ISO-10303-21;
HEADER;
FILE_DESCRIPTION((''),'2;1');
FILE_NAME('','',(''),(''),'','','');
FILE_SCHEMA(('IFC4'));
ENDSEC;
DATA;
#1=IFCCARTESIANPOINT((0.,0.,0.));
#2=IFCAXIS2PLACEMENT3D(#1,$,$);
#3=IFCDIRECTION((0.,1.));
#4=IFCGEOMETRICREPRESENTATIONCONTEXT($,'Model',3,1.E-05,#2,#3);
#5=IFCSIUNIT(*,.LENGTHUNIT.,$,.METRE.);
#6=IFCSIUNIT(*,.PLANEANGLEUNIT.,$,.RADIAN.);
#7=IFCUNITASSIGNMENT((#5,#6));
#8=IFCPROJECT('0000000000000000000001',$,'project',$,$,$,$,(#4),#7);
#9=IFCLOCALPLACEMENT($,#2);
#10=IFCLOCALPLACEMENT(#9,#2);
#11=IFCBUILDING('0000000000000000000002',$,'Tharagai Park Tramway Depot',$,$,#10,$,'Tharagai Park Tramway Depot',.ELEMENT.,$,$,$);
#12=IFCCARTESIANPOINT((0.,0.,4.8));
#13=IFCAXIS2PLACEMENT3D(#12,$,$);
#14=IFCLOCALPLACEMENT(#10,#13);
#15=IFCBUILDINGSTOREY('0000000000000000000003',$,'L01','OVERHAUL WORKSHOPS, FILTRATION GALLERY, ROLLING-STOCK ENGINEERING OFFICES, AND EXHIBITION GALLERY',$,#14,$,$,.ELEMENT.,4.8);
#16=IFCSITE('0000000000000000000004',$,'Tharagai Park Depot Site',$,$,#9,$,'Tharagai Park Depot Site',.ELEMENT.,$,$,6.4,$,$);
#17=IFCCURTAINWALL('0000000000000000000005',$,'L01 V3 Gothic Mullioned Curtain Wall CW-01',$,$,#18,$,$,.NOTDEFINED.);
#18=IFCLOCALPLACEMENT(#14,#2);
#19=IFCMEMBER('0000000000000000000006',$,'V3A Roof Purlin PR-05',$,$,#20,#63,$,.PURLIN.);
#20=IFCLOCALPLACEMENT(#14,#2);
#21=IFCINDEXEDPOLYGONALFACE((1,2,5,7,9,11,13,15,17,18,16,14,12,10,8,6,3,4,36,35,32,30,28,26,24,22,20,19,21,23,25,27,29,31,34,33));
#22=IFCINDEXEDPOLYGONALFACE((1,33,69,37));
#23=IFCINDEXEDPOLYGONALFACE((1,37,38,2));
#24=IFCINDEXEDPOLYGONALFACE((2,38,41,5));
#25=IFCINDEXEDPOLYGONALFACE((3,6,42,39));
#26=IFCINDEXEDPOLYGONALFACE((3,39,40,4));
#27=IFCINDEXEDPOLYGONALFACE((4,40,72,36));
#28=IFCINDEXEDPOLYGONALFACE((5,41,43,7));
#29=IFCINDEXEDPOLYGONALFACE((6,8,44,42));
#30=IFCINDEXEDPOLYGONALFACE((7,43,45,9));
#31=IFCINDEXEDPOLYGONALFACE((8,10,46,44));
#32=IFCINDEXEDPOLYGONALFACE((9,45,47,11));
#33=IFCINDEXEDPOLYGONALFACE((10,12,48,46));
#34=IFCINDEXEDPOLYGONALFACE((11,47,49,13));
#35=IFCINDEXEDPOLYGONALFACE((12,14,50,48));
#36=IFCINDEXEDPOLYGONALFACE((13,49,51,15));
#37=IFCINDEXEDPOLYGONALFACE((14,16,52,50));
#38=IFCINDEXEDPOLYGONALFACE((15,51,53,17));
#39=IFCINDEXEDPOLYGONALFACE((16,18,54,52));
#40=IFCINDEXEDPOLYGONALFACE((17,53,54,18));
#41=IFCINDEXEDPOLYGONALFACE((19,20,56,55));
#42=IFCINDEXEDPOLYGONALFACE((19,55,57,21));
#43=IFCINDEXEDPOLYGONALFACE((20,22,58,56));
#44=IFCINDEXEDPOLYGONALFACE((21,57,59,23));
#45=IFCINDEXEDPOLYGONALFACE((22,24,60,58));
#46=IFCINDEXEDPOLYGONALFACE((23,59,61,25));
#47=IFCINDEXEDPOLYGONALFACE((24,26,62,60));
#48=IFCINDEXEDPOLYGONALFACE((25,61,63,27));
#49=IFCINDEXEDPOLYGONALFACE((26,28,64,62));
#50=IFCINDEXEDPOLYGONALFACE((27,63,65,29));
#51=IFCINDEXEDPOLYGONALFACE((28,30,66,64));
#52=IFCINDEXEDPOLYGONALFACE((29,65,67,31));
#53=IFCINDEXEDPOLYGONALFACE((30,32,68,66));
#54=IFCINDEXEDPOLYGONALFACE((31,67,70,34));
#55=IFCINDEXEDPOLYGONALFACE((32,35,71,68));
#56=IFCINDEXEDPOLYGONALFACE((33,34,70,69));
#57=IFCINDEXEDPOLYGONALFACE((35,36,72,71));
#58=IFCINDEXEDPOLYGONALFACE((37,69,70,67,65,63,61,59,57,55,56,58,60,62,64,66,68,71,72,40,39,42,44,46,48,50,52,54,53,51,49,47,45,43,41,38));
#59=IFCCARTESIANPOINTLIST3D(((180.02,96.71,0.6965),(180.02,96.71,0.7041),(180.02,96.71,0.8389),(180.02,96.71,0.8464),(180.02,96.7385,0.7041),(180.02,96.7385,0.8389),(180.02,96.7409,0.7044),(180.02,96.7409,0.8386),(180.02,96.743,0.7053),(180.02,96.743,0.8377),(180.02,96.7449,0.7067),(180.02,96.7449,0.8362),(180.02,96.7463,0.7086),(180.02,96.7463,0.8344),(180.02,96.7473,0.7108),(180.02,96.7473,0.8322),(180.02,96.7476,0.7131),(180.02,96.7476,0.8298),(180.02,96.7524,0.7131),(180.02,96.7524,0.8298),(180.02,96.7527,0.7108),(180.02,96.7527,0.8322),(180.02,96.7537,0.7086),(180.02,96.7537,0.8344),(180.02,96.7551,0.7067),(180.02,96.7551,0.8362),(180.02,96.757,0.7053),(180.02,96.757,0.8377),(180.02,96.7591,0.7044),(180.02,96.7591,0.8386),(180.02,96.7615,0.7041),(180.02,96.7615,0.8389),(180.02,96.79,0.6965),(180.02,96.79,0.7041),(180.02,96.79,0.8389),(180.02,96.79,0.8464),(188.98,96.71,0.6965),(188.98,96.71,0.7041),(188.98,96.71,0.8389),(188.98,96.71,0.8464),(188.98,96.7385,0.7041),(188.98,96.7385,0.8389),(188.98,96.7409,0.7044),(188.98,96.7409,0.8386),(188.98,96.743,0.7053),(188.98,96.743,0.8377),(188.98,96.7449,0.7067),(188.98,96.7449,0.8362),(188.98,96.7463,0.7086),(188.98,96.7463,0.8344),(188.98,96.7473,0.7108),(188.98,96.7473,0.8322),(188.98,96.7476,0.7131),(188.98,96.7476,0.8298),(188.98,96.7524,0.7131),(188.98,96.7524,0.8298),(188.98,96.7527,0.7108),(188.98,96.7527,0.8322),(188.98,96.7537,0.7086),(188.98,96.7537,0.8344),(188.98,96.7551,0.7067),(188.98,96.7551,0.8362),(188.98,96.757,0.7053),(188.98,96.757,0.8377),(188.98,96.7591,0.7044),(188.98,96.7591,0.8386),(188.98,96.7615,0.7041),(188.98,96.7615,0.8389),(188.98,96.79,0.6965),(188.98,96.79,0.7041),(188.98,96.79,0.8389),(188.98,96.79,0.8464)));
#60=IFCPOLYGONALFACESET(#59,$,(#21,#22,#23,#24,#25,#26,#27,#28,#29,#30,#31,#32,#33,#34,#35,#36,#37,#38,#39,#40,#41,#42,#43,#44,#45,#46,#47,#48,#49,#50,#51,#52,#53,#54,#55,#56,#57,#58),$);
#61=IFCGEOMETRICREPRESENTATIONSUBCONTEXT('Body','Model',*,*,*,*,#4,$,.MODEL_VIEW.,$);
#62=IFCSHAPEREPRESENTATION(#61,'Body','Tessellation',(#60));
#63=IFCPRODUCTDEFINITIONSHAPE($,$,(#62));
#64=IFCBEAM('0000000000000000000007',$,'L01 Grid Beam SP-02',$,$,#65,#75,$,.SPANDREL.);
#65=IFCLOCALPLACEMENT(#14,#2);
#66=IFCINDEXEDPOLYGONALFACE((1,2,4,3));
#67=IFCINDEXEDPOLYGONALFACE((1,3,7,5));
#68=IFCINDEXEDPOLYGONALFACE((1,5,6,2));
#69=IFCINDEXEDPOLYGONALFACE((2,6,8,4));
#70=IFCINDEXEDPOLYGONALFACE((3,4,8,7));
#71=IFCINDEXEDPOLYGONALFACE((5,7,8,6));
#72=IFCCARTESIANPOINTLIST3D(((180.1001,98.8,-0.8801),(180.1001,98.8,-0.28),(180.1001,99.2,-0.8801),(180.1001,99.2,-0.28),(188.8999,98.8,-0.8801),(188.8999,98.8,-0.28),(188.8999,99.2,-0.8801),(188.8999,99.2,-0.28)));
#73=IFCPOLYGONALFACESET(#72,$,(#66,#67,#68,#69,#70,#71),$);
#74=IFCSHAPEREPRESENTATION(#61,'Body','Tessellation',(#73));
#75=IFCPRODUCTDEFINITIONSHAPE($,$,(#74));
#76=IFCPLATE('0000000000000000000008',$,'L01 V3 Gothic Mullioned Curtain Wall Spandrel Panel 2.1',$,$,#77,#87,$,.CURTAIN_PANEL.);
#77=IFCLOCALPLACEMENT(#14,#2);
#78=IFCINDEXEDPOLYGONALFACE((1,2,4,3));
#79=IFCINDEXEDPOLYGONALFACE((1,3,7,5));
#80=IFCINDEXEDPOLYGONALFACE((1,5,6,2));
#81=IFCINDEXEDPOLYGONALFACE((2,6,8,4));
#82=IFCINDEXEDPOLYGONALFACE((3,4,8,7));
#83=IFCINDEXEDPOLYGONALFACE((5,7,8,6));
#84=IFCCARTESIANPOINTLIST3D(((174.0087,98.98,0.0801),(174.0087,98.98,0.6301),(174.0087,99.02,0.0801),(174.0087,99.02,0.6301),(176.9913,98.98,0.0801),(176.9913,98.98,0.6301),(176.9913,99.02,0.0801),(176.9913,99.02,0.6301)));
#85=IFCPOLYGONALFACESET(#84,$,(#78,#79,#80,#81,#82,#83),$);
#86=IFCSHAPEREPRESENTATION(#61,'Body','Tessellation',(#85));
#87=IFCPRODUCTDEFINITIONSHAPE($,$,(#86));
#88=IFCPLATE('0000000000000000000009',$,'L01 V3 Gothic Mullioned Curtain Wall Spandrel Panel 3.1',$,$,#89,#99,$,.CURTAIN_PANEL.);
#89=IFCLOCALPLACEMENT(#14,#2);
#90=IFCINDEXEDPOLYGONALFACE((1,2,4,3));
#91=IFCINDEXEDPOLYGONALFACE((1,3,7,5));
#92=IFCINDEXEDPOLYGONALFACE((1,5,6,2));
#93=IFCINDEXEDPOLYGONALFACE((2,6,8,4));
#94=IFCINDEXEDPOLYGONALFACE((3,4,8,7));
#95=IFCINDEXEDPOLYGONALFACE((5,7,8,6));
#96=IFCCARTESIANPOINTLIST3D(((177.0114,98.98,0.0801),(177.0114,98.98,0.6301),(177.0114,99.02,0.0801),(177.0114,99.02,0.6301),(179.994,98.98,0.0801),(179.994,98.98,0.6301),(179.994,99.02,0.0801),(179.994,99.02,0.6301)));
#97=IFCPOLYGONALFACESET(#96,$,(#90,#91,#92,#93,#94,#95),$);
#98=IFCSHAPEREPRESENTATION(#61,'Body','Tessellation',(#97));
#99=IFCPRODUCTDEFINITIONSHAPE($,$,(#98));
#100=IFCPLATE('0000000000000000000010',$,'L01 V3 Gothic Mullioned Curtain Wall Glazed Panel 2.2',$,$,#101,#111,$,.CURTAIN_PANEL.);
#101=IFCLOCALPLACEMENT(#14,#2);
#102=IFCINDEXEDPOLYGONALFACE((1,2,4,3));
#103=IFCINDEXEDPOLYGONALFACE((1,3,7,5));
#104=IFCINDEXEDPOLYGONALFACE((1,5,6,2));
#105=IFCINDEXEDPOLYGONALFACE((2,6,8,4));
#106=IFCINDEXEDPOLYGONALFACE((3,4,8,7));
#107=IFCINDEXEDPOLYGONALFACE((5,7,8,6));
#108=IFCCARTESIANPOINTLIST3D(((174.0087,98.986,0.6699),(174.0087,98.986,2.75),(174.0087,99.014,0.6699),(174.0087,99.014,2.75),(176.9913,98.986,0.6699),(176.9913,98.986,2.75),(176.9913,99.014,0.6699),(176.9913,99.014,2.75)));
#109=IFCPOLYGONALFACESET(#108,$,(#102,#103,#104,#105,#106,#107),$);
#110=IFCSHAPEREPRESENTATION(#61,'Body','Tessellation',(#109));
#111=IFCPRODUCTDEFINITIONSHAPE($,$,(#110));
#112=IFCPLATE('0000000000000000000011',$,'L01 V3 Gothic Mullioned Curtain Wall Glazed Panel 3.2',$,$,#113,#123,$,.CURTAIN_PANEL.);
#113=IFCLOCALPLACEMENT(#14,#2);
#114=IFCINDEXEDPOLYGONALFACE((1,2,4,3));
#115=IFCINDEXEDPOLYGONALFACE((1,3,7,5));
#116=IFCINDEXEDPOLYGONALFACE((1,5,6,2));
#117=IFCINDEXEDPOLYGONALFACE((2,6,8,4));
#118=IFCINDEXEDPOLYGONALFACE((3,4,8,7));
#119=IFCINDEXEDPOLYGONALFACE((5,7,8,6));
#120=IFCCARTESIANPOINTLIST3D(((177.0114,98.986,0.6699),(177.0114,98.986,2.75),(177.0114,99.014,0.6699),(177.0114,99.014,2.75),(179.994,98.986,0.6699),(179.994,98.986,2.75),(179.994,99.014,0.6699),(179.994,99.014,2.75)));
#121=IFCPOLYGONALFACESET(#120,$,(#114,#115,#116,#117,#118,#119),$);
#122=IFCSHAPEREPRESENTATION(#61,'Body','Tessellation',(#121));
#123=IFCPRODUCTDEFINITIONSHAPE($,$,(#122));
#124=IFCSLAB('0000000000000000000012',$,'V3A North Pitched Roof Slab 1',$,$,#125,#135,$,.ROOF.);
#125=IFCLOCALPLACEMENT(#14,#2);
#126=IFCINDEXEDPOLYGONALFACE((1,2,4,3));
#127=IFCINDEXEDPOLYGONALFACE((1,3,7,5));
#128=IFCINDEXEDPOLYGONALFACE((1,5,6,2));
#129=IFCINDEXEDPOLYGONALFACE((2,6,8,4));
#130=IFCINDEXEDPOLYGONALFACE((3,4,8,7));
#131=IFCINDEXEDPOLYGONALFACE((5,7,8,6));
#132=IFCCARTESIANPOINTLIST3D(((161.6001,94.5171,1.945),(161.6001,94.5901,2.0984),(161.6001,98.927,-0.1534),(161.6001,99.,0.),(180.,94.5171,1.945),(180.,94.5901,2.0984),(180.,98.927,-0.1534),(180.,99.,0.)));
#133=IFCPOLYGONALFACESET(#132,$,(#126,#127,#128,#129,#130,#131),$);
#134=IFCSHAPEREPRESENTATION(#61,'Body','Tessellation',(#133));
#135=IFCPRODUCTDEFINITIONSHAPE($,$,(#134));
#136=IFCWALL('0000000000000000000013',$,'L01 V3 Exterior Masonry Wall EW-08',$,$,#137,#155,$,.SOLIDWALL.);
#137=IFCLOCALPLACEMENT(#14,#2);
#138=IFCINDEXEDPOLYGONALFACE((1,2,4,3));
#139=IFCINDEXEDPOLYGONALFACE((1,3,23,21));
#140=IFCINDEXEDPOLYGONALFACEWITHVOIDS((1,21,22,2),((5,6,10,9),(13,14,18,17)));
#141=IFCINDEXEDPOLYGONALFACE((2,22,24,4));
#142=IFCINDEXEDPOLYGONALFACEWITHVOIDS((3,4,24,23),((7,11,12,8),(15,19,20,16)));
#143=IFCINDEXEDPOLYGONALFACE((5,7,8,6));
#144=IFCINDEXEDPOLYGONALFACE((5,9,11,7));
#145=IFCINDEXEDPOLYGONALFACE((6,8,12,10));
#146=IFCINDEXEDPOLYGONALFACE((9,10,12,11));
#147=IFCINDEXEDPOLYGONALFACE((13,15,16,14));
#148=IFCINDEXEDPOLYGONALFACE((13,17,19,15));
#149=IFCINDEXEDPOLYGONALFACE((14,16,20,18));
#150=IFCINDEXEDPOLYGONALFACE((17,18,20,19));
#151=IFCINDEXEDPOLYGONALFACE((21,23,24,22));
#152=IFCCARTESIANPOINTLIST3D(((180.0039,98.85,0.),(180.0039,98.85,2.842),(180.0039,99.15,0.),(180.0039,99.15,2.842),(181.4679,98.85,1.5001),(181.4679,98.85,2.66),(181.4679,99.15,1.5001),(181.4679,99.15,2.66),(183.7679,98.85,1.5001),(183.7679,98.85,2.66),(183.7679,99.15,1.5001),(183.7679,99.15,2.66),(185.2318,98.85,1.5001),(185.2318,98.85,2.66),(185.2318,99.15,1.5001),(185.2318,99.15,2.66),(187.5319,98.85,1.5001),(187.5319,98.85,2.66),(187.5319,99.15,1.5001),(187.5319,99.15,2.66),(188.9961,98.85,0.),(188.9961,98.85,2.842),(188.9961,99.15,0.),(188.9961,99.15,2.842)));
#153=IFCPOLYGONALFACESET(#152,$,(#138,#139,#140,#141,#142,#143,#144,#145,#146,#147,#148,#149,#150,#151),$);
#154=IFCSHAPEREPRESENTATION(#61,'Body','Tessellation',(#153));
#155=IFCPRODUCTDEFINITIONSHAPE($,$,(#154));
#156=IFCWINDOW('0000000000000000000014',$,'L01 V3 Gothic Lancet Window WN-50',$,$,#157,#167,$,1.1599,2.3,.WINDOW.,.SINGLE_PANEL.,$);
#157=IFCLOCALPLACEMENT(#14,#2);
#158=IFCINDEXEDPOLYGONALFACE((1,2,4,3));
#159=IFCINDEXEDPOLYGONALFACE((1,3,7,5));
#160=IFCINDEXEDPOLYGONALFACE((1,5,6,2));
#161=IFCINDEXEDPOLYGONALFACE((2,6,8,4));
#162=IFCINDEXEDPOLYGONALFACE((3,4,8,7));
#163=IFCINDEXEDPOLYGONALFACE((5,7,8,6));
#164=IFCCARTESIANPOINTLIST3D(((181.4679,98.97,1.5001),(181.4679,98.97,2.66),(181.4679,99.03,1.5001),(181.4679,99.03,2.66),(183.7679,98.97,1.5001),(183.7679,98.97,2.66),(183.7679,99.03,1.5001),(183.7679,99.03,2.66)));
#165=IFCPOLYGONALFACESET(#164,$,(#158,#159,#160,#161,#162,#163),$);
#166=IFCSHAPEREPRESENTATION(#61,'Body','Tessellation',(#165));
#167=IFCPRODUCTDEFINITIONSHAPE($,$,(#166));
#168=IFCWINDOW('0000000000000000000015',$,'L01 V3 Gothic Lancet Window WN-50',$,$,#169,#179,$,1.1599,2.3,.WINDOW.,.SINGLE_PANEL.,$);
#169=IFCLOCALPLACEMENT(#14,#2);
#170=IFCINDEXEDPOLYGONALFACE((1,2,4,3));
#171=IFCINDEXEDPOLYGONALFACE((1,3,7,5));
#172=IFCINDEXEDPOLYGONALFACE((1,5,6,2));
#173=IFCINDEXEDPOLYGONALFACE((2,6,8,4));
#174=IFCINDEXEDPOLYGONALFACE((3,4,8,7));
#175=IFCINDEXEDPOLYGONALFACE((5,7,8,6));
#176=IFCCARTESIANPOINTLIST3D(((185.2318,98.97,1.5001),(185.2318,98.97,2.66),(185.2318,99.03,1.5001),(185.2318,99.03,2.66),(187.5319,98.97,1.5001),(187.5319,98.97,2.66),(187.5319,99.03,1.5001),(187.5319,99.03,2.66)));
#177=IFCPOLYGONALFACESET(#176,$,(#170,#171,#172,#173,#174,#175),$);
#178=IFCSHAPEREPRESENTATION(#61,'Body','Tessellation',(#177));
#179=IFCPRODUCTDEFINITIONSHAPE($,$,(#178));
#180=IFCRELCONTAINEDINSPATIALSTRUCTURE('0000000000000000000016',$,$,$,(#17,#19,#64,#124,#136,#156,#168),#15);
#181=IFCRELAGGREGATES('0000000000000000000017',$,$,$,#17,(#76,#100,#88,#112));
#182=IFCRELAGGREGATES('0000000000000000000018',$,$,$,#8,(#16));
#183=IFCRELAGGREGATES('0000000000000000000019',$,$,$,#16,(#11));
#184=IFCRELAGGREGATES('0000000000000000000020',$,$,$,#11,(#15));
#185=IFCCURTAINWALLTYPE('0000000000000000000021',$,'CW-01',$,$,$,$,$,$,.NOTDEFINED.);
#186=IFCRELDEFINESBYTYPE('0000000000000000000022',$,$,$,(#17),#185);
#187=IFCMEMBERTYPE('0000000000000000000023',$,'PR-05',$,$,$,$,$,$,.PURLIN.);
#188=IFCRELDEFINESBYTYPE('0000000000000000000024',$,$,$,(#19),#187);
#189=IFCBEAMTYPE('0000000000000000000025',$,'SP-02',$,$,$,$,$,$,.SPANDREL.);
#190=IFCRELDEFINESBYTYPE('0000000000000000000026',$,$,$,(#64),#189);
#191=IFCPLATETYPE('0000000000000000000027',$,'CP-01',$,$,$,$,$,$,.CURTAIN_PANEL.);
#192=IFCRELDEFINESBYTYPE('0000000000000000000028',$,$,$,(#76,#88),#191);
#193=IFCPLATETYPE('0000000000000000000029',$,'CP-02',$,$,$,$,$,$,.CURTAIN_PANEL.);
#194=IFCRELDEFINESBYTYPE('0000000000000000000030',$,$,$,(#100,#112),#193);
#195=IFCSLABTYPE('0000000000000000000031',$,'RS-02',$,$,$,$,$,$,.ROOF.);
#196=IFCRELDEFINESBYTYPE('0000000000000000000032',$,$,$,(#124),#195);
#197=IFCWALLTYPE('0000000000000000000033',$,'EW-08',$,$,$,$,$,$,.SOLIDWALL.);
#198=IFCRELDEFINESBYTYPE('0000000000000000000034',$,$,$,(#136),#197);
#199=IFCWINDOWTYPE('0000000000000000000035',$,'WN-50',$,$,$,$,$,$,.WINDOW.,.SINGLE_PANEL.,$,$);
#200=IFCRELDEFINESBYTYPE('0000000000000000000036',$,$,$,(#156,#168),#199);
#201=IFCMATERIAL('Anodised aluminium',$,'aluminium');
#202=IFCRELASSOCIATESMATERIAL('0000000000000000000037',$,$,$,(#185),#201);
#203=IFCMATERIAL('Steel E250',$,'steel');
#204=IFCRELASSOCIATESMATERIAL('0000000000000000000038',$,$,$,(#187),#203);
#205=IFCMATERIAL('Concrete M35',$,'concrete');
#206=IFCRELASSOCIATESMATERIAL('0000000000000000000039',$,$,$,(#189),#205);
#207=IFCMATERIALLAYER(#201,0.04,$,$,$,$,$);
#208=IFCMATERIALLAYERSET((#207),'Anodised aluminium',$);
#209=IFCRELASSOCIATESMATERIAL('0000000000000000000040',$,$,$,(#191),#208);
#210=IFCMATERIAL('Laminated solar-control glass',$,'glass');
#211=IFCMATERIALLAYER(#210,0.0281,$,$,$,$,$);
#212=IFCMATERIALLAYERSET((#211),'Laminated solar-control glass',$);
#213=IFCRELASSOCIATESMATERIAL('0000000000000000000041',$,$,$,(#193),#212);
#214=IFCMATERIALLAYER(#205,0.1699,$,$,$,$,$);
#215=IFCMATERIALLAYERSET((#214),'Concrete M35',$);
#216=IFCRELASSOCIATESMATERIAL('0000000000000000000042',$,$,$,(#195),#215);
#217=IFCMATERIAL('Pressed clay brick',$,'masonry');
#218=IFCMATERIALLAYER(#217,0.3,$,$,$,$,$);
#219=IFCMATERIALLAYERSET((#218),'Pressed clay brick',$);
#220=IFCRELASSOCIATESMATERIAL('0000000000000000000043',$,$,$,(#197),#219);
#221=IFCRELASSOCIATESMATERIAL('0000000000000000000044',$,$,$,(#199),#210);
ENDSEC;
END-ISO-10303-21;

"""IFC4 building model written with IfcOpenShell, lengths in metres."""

from ifc_helpers import new_model, si_unit, direction, frame, frame_2d, origin, origin_2d, place, context, subcontext, project, spatial, polyline, rectangle, i_section, outline, extrude, material, layer, layer_set, material_profile, profile_set, type_object, element, fill, aggregate, save


model = new_model("IFC4")

# Units and contexts
model_context = context("Model", 3, precision=1e-05, world=origin(), true_north=direction((0.0, 1.0)))
body_context = subcontext(model_context, "Body", "Model", "MODEL_VIEW")
ifc_project = project(units=[si_unit("LENGTHUNIT", "METRE"), si_unit("PLANEANGLEUNIT", "RADIAN")], contexts=[model_context])

# Site, building, storey
site_placement = place(None, origin())
site = spatial("IfcSite", under=ifc_project, at=site_placement, Name="Tharagai Park Depot Site", LongName="Tharagai Park Depot Site", CompositionType="ELEMENT", RefElevation=6.4)
building_placement = place(site_placement, origin())
building = spatial("IfcBuilding", under=site, at=building_placement, Name="Tharagai Park Tramway Depot", LongName="Tharagai Park Tramway Depot", CompositionType="ELEMENT")
storey_placement = place(building_placement, frame((0.0, 0.0, 4.8)))
storey = spatial("IfcBuildingStorey", under=building, at=storey_placement, Name="L01", Description="OVERHAUL WORKSHOPS, FILTRATION GALLERY, ROLLING-STOCK ENGINEERING OFFICES, AND EXHIBITION GALLERY", CompositionType="ELEMENT", Elevation=4.8)

# Curtain wall
ifc_material_1 = material(Name="Anodised aluminium", Category="aluminium")
curtain_wall_type = type_object("IfcCurtainWallType", Name="CW-01", PredefinedType="NOTDEFINED", material=ifc_material_1)
curtain_wall_1_placement = place(storey_placement, origin())
curtain_wall_1 = element("IfcCurtainWall", 1, at=curtain_wall_1_placement, inside=storey, type_object=curtain_wall_type, Name="L01 V3 Gothic Mullioned Curtain Wall CW-01", PredefinedType="NOTDEFINED")

# Member
ifc_material_2 = material(Name="Steel E250", Category="steel")
ifc_material_profile_1 = material_profile(ifc_material_2, i_section(OverallWidth=0.0801, OverallDepth=0.1499, WebThickness=0.0049, FlangeThickness=0.0076, FilletRadius=0.009, at=origin_2d()), Name="ISMB 150")
ifc_profile_set_1 = profile_set([ifc_material_profile_1], Name="Steel E250")
member_type_1 = type_object("IfcMemberType", Name="PR-05", PredefinedType="PURLIN", material=ifc_profile_set_1)
member_1_placement = place(storey_placement, frame((180.02, 96.75, 0.7715), z_axis=(1.0, 0.0, 0.0), x_axis=(0.0, 1.0, 0.0)))
element("IfcMember", 2, at=member_1_placement, inside=storey, type_object=member_type_1, Name="V3A Roof Purlin PR-05", PredefinedType="PURLIN", context=body_context, shape_type="SweptSolid", body=[
    extrude(i_section(OverallWidth=0.0801, OverallDepth=0.1499, WebThickness=0.0049, FlangeThickness=0.0076, FilletRadius=0.009, at=origin_2d()), origin(), (0.0, 0.0, 1.0), 8.96),
])

# Beam
ifc_material_3 = material(Name="Concrete M35", Category="concrete")
ifc_material_profile_2 = material_profile(ifc_material_3, rectangle(XDim=0.3999, YDim=0.6001, at=origin_2d()), Name="RC 400x600")
ifc_profile_set_2 = profile_set([ifc_material_profile_2], Name="Concrete M35")
beam_type = type_object("IfcBeamType", Name="SP-02", PredefinedType="SPANDREL", material=ifc_profile_set_2)
beam_placement = place(storey_placement, frame((180.1001, 99.0, -0.5801), z_axis=(1.0, 0.0, 0.0), x_axis=(0.0, 1.0, 0.0)))
element("IfcBeam", 3, at=beam_placement, inside=storey, type_object=beam_type, Name="L01 Grid Beam SP-02", PredefinedType="SPANDREL", context=body_context, shape_type="SweptSolid", body=[
    extrude(rectangle(XDim=0.3999, YDim=0.6001, at=origin_2d()), origin(), (0.0, 0.0, 1.0), 8.7998),
])

# Plates
ifc_layer_1 = layer(ifc_material_1, 0.04)
ifc_layer_set_1 = layer_set([ifc_layer_1], Name="Anodised aluminium")
plate_type_1 = type_object("IfcPlateType", Name="CP-01", PredefinedType="CURTAIN_PANEL", material=ifc_layer_set_1)
plate_1_placement = place(storey_placement, frame((175.5, 99.0, 0.0801), z_axis=(0.0, 0.0, 1.0), x_axis=(1.0, 0.0, 0.0)))
plate_1 = element("IfcPlate", 4, at=plate_1_placement, type_object=plate_type_1, Name="L01 V3 Gothic Mullioned Curtain Wall Spandrel Panel 2.1", PredefinedType="CURTAIN_PANEL", context=body_context, shape_type="SweptSolid", body=[
    extrude(rectangle(XDim=2.9827, YDim=0.04, at=origin_2d()), origin(), (0.0, 0.0, 1.0), 0.55),
])
plate_2_placement = place(storey_placement, frame((178.5027, 99.0, 0.0801), z_axis=(0.0, 0.0, 1.0), x_axis=(1.0, 0.0, 0.0)))
plate_2 = element("IfcPlate", 5, at=plate_2_placement, type_object=plate_type_1, Name="L01 V3 Gothic Mullioned Curtain Wall Spandrel Panel 3.1", PredefinedType="CURTAIN_PANEL", context=body_context, shape_type="SweptSolid", body=[
    extrude(rectangle(XDim=2.9827, YDim=0.04, at=origin_2d()), origin(), (0.0, 0.0, 1.0), 0.55),
])
ifc_material_4 = material(Name="Laminated solar-control glass", Category="glass")
ifc_layer_2 = layer(ifc_material_4, 0.0281)
ifc_layer_set_2 = layer_set([ifc_layer_2], Name="Laminated solar-control glass")
plate_type_2 = type_object("IfcPlateType", Name="CP-02", PredefinedType="CURTAIN_PANEL", material=ifc_layer_set_2)
plate_3_placement = place(storey_placement, frame((175.5, 99.0, 0.6699), z_axis=(0.0, 0.0, 1.0), x_axis=(1.0, 0.0, 0.0)))
plate_3 = element("IfcPlate", 6, at=plate_3_placement, type_object=plate_type_2, Name="L01 V3 Gothic Mullioned Curtain Wall Glazed Panel 2.2", PredefinedType="CURTAIN_PANEL", context=body_context, shape_type="SweptSolid", body=[
    extrude(rectangle(XDim=2.9827, YDim=0.0281, at=origin_2d()), origin(), (0.0, 0.0, 1.0), 2.0801),
])
plate_4_placement = place(storey_placement, frame((178.5027, 99.0, 0.6699), z_axis=(0.0, 0.0, 1.0), x_axis=(1.0, 0.0, 0.0)))
plate_4 = element("IfcPlate", 7, at=plate_4_placement, type_object=plate_type_2, Name="L01 V3 Gothic Mullioned Curtain Wall Glazed Panel 3.2", PredefinedType="CURTAIN_PANEL", context=body_context, shape_type="SweptSolid", body=[
    extrude(rectangle(XDim=2.9827, YDim=0.0281, at=origin_2d()), origin(), (0.0, 0.0, 1.0), 2.0801),
])
aggregate(curtain_wall_1, [plate_1, plate_3, plate_2, plate_4])

# Slab
ifc_layer_3 = layer(ifc_material_3, 0.1699)
ifc_layer_set_3 = layer_set([ifc_layer_3], Name="Concrete M35")
slab_type = type_object("IfcSlabType", Name="RS-02", PredefinedType="ROOF", material=ifc_layer_set_3)
slab_placement = place(storey_placement, frame((180.0, 99.0, 0.0), z_axis=(0.0, 0.429672, 0.902985), x_axis=(-1.0, 0.0, 0.0)))
element("IfcSlab", 8, at=slab_placement, inside=storey, type_object=slab_type, Name="V3A North Pitched Roof Slab 1", PredefinedType="ROOF", context=body_context, shape_type="SweptSolid", body=[
    extrude(outline(polyline([(0.0, 0.0), (18.3999, 0.0), (18.3999, 4.8837), (0.0, 4.8837), (0.0, 0.0)])), origin(), (0.0, 0.0, -1.0), 0.1699),
])

# Wall, openings, windows
ifc_material_5 = material(Name="Pressed clay brick", Category="masonry")
ifc_layer_4 = layer(ifc_material_5, 0.3)
ifc_layer_set_4 = layer_set([ifc_layer_4], Name="Pressed clay brick")
wall_type = type_object("IfcWallType", Name="EW-08", PredefinedType="SOLIDWALL", material=ifc_layer_set_4)
wall_placement = place(storey_placement, frame((180.0039, 99.0, 0.0), z_axis=(0.0, 0.0, 1.0), x_axis=(1.0, 0.0, 0.0)))
wall = element("IfcWall", 9, at=wall_placement, inside=storey, type_object=wall_type, Name="L01 V3 Exterior Masonry Wall EW-08", PredefinedType="SOLIDWALL", context=body_context, shape_type="SweptSolid", body=[
    extrude(rectangle(XDim=8.9922, YDim=0.3, at=frame_2d((4.4961, 0.0))), origin(), (0.0, 0.0, 1.0), 2.842),
])
opening_1_placement = place(wall_placement, frame((1.4641, 0.0, 1.5)))
opening_1 = element("IfcOpeningElement", 10, at=opening_1_placement, cuts=wall, PredefinedType="OPENING", context=body_context, shape_type="SweptSolid", body=[
    extrude(rectangle(XDim=2.3, YDim=1.1599, at=frame_2d((1.1499, 0.5801))), frame((0.0, 0.1599, 0.0), z_axis=(0.0, -1.0, 0.0), x_axis=(1.0, 0.0, 0.0)), (0.0, 0.0, 1.0), 0.3201),
])
opening_2_placement = place(wall_placement, frame((5.228, 0.0, 1.5)))
opening_2 = element("IfcOpeningElement", 11, at=opening_2_placement, cuts=wall, PredefinedType="OPENING", context=body_context, shape_type="SweptSolid", body=[
    extrude(rectangle(XDim=2.3, YDim=1.1599, at=frame_2d((1.1499, 0.5801))), frame((0.0, 0.1599, 0.0), z_axis=(0.0, -1.0, 0.0), x_axis=(1.0, 0.0, 0.0)), (0.0, 0.0, 1.0), 0.3201),
])
window_type = type_object("IfcWindowType", Name="WN-50", PartitioningType="SINGLE_PANEL", PredefinedType="WINDOW", material=ifc_material_4)
window_1_placement = place(opening_1_placement, origin())
window_1 = element("IfcWindow", 12, at=window_1_placement, inside=storey, type_object=window_type, Name="L01 V3 Gothic Lancet Window WN-50", OverallHeight=1.1599, OverallWidth=2.3, PartitioningType="SINGLE_PANEL", PredefinedType="WINDOW", context=body_context, shape_type="SweptSolid", body=[
    extrude(rectangle(XDim=2.3, YDim=1.1599, at=frame_2d((1.1499, 0.5801))), frame((0.0, 0.03, 0.0), z_axis=(0.0, -1.0, 0.0), x_axis=(1.0, 0.0, 0.0)), (0.0, 0.0, 1.0), 0.0601),
])
fill(opening_1, window_1)
window_2_placement = place(opening_2_placement, origin())
window_2 = element("IfcWindow", 13, at=window_2_placement, inside=storey, type_object=window_type, Name="L01 V3 Gothic Lancet Window WN-50", OverallHeight=1.1599, OverallWidth=2.3, PartitioningType="SINGLE_PANEL", PredefinedType="WINDOW", context=body_context, shape_type="SweptSolid", body=[
    extrude(rectangle(XDim=2.3, YDim=1.1599, at=frame_2d((1.1499, 0.5801))), frame((0.0, 0.03, 0.0), z_axis=(0.0, -1.0, 0.0), x_axis=(1.0, 0.0, 0.0)), (0.0, 0.0, 1.0), 0.0601),
])
fill(opening_2, window_2)

save(model, "model.ifc")
